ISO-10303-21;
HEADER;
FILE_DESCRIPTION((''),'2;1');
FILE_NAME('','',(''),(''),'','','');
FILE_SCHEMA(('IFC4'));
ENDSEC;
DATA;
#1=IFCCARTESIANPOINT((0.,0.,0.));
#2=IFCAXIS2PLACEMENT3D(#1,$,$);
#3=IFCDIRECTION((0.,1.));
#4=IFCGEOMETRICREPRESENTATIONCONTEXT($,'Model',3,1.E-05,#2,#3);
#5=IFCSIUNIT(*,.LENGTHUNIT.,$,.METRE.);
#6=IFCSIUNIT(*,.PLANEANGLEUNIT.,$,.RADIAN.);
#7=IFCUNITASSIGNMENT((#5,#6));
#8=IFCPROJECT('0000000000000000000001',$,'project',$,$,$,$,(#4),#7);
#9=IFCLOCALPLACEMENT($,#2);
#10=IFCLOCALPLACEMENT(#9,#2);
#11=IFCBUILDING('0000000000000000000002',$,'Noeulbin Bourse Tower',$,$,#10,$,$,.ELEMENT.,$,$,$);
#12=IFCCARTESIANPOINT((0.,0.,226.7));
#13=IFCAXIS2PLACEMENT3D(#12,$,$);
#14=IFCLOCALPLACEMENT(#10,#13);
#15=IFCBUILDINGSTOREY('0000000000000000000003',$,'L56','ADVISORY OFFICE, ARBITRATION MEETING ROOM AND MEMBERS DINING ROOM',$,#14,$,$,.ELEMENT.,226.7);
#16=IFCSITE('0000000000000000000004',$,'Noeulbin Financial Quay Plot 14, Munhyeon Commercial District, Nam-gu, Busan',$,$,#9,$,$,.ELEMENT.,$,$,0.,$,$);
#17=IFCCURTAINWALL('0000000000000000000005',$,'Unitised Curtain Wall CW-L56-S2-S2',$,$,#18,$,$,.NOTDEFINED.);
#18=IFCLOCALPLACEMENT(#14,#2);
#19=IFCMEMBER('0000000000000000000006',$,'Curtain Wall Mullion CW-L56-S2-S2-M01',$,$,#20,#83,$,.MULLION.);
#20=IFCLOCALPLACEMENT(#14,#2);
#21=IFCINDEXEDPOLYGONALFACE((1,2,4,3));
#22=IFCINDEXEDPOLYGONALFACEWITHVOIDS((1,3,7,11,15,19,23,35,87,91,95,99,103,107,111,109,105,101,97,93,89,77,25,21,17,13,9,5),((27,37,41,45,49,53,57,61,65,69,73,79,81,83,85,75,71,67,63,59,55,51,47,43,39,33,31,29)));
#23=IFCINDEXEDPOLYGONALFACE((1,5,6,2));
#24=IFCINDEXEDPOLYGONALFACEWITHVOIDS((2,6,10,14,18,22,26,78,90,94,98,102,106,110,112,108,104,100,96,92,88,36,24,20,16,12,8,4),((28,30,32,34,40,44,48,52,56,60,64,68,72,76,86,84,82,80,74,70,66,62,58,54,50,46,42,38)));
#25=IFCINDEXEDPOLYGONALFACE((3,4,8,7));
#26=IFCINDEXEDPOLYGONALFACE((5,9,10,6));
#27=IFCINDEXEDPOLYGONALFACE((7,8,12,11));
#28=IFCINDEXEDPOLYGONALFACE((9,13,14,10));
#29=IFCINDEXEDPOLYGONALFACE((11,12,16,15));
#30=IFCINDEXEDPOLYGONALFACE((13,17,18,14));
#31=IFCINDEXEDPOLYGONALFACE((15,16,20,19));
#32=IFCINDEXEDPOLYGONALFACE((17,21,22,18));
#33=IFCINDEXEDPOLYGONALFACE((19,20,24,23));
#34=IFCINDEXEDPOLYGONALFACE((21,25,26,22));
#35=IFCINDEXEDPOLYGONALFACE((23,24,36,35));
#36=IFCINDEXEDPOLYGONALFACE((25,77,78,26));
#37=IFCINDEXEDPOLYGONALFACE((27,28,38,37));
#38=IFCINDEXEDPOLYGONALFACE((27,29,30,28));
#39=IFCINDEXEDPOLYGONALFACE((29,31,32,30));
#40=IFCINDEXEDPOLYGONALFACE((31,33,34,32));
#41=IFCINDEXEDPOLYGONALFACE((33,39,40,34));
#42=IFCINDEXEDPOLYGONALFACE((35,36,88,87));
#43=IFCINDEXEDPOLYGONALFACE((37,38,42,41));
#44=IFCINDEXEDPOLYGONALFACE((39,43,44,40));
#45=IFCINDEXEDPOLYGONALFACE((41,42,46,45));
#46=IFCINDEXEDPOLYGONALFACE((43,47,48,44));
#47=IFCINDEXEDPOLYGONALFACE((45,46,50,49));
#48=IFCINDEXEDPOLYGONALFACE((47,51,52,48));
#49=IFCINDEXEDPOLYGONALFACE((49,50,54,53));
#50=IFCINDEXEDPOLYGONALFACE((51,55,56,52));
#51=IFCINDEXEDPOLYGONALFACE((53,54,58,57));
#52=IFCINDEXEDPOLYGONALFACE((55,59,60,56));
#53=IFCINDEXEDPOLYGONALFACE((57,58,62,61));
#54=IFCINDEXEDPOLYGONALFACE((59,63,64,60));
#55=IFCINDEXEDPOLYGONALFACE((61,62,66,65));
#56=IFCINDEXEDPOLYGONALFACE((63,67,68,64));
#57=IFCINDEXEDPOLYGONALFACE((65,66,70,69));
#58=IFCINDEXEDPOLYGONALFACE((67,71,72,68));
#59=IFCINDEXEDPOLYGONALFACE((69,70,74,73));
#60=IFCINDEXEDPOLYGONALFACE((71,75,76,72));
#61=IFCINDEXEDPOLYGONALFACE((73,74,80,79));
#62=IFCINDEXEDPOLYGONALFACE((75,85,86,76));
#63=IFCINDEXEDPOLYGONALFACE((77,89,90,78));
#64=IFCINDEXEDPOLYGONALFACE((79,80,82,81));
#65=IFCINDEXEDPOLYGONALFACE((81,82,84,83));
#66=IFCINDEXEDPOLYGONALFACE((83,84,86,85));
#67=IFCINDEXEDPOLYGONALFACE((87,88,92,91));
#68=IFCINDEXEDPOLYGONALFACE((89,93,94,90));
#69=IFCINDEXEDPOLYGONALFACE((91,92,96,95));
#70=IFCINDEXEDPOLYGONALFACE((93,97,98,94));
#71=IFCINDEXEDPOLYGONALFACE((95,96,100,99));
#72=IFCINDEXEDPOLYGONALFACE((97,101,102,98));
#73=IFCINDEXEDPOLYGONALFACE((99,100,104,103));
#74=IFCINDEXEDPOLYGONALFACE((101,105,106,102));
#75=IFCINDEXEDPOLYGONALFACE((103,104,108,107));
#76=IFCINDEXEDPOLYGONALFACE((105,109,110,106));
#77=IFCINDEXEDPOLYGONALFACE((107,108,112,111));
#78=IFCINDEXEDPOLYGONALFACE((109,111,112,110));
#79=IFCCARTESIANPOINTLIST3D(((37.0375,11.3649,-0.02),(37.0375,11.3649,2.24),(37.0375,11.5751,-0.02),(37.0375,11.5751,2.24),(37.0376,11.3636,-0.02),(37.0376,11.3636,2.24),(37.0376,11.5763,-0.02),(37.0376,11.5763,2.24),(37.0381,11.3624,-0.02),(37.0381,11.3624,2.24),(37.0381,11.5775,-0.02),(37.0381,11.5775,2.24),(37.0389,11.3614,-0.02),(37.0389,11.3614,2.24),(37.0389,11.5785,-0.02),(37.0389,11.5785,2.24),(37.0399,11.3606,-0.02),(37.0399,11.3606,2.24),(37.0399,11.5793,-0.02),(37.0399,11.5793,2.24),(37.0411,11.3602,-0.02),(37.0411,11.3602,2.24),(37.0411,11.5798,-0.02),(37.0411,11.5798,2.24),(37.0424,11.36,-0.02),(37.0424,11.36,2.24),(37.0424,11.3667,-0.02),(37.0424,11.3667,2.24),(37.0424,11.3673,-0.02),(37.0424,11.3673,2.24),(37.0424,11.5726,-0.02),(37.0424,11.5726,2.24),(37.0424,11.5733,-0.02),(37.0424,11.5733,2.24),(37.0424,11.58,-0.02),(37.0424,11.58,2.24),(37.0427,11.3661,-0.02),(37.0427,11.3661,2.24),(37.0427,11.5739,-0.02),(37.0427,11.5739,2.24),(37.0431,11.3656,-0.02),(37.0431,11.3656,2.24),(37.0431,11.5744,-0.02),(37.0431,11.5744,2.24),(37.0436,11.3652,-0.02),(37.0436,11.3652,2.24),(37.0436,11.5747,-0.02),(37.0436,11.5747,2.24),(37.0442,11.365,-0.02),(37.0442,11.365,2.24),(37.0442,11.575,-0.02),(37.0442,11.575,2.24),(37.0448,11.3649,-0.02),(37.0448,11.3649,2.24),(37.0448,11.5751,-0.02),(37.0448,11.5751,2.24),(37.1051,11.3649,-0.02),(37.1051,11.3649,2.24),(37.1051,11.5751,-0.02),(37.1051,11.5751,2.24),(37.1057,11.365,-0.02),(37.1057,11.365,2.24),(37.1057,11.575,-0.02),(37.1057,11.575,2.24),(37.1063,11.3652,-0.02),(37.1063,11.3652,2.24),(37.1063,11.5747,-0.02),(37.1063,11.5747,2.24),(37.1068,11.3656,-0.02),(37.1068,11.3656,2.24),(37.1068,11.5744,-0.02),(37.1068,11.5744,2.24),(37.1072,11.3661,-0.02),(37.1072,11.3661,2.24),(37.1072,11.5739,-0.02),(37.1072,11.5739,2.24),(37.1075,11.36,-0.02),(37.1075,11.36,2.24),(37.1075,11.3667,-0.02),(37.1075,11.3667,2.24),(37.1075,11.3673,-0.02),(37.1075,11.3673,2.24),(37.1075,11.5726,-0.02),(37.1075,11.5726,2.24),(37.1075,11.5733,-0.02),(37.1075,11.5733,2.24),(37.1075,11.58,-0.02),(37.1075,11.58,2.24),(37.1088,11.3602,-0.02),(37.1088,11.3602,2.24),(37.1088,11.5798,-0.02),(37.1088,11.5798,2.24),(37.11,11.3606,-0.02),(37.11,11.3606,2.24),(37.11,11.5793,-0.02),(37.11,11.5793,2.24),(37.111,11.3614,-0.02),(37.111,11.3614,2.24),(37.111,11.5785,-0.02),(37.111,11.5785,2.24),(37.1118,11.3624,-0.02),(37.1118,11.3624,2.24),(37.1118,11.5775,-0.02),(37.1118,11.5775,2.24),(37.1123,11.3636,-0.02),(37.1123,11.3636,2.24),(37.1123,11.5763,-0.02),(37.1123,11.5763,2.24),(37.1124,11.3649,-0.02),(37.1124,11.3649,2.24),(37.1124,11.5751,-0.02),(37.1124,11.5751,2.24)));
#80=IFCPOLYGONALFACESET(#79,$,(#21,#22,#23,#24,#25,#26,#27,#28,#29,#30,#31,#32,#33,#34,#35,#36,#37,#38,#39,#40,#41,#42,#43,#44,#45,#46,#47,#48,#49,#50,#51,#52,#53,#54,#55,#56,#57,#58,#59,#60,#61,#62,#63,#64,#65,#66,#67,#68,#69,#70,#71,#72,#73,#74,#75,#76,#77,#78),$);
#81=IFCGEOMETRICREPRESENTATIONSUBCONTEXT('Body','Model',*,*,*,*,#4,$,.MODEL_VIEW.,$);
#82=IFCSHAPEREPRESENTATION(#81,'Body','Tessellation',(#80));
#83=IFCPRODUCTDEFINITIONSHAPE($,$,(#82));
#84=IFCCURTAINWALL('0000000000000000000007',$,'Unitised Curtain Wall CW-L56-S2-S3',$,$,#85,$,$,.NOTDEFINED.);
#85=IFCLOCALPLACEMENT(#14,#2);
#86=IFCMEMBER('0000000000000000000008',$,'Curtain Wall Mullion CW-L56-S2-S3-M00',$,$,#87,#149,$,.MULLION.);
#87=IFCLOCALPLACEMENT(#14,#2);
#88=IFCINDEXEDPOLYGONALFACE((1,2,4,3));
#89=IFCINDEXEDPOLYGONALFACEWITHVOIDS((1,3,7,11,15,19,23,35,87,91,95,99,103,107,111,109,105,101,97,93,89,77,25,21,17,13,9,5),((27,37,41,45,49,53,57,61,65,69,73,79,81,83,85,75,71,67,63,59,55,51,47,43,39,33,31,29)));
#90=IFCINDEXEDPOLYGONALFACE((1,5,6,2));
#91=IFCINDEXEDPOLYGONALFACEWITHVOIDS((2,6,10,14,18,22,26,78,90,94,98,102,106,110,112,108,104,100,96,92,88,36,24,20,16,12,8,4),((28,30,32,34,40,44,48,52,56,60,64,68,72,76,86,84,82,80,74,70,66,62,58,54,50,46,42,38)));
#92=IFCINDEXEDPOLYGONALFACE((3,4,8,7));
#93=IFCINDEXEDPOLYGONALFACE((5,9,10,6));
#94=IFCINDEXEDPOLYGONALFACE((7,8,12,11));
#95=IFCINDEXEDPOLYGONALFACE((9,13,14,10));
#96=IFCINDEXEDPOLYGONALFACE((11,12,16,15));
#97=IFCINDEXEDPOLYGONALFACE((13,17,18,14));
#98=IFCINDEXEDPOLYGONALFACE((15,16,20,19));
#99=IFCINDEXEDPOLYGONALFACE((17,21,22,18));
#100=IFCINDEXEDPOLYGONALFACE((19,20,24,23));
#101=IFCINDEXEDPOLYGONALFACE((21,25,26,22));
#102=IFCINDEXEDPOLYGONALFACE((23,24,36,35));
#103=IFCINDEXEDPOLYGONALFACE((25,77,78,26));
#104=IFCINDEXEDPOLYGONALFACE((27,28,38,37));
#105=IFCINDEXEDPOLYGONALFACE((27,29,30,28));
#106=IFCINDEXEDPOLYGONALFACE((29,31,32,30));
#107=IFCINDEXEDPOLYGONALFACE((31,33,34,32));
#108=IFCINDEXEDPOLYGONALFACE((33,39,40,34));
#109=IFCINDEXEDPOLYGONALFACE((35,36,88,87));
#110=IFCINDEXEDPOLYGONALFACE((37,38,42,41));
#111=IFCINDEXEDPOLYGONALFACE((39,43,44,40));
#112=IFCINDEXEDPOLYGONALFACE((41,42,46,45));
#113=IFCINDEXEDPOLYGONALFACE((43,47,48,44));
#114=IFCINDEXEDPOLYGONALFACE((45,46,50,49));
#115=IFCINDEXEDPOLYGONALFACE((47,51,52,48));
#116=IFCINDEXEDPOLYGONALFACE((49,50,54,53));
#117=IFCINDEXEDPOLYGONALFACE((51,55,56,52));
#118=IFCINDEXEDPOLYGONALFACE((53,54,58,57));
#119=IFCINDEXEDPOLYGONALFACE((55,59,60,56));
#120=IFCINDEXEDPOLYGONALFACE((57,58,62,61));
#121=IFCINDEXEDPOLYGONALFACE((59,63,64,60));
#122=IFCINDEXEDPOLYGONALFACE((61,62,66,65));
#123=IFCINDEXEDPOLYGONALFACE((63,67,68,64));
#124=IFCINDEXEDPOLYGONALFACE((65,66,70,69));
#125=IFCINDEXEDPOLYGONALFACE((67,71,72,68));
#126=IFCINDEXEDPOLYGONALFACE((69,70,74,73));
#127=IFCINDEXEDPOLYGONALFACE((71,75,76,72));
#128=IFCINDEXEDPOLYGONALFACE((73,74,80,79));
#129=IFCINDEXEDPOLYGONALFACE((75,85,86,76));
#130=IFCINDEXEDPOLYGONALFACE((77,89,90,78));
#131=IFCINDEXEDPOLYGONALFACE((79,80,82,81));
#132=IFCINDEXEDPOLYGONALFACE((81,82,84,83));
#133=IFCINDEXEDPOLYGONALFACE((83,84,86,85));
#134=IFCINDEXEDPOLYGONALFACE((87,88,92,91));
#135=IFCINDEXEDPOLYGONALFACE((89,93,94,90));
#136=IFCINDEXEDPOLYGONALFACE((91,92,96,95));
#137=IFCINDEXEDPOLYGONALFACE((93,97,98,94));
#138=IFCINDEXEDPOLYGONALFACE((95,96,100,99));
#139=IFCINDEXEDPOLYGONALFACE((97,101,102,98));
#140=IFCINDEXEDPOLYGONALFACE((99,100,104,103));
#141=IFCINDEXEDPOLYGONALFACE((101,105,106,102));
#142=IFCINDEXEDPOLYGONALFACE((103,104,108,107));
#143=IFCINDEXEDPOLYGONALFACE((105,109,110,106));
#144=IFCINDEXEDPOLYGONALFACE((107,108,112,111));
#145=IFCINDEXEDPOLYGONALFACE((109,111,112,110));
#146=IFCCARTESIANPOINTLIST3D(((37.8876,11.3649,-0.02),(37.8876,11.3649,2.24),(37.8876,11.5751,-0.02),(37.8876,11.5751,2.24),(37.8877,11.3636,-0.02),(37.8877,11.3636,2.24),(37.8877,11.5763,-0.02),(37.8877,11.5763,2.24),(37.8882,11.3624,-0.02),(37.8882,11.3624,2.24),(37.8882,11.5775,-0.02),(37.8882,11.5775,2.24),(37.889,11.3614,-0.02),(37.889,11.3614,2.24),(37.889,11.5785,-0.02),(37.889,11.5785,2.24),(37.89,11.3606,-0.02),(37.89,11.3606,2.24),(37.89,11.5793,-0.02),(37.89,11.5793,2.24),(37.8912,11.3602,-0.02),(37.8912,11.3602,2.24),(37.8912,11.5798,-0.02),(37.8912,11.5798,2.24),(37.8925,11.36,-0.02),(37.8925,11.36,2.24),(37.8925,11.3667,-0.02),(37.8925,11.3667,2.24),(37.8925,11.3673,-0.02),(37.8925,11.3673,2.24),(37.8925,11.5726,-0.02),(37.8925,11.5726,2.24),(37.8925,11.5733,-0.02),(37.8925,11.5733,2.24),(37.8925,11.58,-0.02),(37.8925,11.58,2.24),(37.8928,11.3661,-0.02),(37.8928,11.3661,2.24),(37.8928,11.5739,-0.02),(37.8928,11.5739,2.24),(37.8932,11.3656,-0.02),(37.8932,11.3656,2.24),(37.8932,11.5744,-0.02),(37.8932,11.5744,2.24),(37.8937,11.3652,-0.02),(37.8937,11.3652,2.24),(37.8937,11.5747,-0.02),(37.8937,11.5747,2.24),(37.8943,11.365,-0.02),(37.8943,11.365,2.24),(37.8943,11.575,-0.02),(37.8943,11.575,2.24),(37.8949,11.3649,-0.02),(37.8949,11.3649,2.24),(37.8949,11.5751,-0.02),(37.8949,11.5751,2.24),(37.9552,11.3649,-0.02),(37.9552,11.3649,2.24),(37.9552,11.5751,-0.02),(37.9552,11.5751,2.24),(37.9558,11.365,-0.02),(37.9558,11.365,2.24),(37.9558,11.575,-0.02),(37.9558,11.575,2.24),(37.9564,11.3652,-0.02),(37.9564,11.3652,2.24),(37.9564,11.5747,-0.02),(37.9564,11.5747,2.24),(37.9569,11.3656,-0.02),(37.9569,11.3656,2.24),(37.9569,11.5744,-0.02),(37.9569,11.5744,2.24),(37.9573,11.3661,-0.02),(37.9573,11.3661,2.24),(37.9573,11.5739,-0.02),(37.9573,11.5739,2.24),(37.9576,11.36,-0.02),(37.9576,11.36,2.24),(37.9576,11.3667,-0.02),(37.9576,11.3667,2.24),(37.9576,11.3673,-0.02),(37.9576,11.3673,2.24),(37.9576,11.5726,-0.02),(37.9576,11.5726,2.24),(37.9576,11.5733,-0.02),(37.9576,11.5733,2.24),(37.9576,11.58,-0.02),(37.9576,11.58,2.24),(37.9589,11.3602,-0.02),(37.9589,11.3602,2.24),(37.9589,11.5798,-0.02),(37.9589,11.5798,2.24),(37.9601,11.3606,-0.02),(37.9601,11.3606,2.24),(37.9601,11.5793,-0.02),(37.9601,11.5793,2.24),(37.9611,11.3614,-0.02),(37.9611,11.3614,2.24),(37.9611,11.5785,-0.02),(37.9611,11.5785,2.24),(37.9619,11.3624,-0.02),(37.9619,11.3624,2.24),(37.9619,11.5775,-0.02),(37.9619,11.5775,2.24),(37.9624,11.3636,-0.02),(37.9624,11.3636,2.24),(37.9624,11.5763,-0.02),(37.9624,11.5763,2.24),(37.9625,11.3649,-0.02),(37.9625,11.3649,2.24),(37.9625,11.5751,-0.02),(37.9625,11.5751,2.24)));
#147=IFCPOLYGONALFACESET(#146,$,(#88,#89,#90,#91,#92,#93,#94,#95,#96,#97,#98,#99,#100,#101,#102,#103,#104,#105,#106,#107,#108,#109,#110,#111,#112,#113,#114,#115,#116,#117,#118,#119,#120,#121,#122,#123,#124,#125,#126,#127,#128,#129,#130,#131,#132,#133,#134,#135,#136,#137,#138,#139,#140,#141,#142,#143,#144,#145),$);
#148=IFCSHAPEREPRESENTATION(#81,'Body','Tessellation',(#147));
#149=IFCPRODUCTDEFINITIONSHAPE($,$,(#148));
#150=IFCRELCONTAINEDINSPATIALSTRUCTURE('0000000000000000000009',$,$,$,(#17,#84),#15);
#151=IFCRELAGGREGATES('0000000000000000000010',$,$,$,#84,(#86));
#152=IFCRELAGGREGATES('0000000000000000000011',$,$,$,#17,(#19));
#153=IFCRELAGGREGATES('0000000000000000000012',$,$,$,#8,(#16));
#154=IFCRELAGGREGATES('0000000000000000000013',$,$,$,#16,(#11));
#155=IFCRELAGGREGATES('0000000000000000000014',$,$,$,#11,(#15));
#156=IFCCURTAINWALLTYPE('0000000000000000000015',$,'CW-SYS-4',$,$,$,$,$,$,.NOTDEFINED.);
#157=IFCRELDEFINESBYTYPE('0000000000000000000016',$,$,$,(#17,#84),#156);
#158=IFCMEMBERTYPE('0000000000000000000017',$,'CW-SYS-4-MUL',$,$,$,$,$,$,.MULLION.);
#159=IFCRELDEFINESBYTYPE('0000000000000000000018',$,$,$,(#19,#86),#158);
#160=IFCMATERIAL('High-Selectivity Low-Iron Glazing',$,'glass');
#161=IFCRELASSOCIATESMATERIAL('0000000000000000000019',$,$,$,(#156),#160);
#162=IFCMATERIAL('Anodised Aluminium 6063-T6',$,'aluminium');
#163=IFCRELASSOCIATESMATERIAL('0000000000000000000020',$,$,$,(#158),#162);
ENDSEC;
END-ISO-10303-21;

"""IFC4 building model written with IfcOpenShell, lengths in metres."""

from ifc_helpers import new_model, si_unit, direction, frame, origin, origin_2d, place, context, subcontext, project, spatial, hollow_rectangle, extrude, material, material_profile, profile_set, type_object, element, aggregate, save


model = new_model("IFC4")

# Units and contexts
model_context = context("Model", 3, precision=1e-05, world=origin(), true_north=direction((0.0, 1.0)))
body_context = subcontext(model_context, "Body", "Model", "MODEL_VIEW")
ifc_project = project(units=[si_unit("LENGTHUNIT", "METRE"), si_unit("PLANEANGLEUNIT", "RADIAN")], contexts=[model_context])

# Site, building, storey
site_placement = place(None, origin())
site = spatial("IfcSite", under=ifc_project, at=site_placement, Name="Noeulbin Financial Quay Plot 14, Munhyeon Commercial District, Nam-gu, Busan", CompositionType="ELEMENT", RefElevation=0.0)
building_placement = place(site_placement, origin())
building = spatial("IfcBuilding", under=site, at=building_placement, Name="Noeulbin Bourse Tower", CompositionType="ELEMENT")
storey_placement = place(building_placement, frame((0.0, 0.0, 226.7)))
storey = spatial("IfcBuildingStorey", under=building, at=storey_placement, Name="L56", Description="ADVISORY OFFICE, ARBITRATION MEETING ROOM AND MEMBERS DINING ROOM", CompositionType="ELEMENT", Elevation=226.7)

# Shared definitions
ifc_material_1 = material(Name="High-Selectivity Low-Iron Glazing", Category="glass")
curtain_wall_type = type_object("IfcCurtainWallType", Name="CW-SYS-4", PredefinedType="NOTDEFINED", material=ifc_material_1)
ifc_material_2 = material(Name="Anodised Aluminium 6063-T6", Category="aluminium")
ifc_material_profile_1 = material_profile(ifc_material_2, hollow_rectangle(XDim=0.075, YDim=0.22, WallThickness=0.0049, InnerFilletRadius=0.0024, OuterFilletRadius=0.0049, at=origin_2d()), Name="ALU-MULL-75x220x5", Category="LoadBearing")
ifc_profile_set_1 = profile_set([ifc_material_profile_1], Name="Anodised Aluminium 6063-T6")
member_type_1 = type_object("IfcMemberType", Name="CW-SYS-4-MUL", PredefinedType="MULLION", material=ifc_profile_set_1)

# Curtain wall, member
curtain_wall_1_placement = place(storey_placement, origin())
curtain_wall_1 = element("IfcCurtainWall", 1, at=curtain_wall_1_placement, inside=storey, type_object=curtain_wall_type, Name="Unitised Curtain Wall CW-L56-S2-S2", PredefinedType="NOTDEFINED")
member_1_placement = place(storey_placement, frame((37.075, 11.47, -0.02), z_axis=(0.0, 0.0, 1.0), x_axis=(1.0, 0.0, 0.0)))
member_1 = element("IfcMember", 2, at=member_1_placement, type_object=member_type_1, Name="Curtain Wall Mullion CW-L56-S2-S2-M01", PredefinedType="MULLION", context=body_context, shape_type="SweptSolid", body=[
    extrude(hollow_rectangle(XDim=0.075, YDim=0.22, WallThickness=0.0049, InnerFilletRadius=0.0024, OuterFilletRadius=0.0049, at=origin_2d()), origin(), (0.0, 0.0, 1.0), 2.26),
])

# Curtain wall, member
curtain_wall_2_placement = place(storey_placement, origin())
curtain_wall_2 = element("IfcCurtainWall", 3, at=curtain_wall_2_placement, inside=storey, type_object=curtain_wall_type, Name="Unitised Curtain Wall CW-L56-S2-S3", PredefinedType="NOTDEFINED")
member_2_placement = place(storey_placement, frame((37.925, 11.47, -0.02), z_axis=(0.0, 0.0, 1.0), x_axis=(1.0, 0.0, 0.0)))
member_2 = element("IfcMember", 4, at=member_2_placement, type_object=member_type_1, Name="Curtain Wall Mullion CW-L56-S2-S3-M00", PredefinedType="MULLION", context=body_context, shape_type="SweptSolid", body=[
    extrude(hollow_rectangle(XDim=0.075, YDim=0.22, WallThickness=0.0049, InnerFilletRadius=0.0024, OuterFilletRadius=0.0049, at=origin_2d()), origin(), (0.0, 0.0, 1.0), 2.26),
])
aggregate(curtain_wall_2, [member_2])

aggregate(curtain_wall_1, [member_1])

save(model, "model.ifc")
